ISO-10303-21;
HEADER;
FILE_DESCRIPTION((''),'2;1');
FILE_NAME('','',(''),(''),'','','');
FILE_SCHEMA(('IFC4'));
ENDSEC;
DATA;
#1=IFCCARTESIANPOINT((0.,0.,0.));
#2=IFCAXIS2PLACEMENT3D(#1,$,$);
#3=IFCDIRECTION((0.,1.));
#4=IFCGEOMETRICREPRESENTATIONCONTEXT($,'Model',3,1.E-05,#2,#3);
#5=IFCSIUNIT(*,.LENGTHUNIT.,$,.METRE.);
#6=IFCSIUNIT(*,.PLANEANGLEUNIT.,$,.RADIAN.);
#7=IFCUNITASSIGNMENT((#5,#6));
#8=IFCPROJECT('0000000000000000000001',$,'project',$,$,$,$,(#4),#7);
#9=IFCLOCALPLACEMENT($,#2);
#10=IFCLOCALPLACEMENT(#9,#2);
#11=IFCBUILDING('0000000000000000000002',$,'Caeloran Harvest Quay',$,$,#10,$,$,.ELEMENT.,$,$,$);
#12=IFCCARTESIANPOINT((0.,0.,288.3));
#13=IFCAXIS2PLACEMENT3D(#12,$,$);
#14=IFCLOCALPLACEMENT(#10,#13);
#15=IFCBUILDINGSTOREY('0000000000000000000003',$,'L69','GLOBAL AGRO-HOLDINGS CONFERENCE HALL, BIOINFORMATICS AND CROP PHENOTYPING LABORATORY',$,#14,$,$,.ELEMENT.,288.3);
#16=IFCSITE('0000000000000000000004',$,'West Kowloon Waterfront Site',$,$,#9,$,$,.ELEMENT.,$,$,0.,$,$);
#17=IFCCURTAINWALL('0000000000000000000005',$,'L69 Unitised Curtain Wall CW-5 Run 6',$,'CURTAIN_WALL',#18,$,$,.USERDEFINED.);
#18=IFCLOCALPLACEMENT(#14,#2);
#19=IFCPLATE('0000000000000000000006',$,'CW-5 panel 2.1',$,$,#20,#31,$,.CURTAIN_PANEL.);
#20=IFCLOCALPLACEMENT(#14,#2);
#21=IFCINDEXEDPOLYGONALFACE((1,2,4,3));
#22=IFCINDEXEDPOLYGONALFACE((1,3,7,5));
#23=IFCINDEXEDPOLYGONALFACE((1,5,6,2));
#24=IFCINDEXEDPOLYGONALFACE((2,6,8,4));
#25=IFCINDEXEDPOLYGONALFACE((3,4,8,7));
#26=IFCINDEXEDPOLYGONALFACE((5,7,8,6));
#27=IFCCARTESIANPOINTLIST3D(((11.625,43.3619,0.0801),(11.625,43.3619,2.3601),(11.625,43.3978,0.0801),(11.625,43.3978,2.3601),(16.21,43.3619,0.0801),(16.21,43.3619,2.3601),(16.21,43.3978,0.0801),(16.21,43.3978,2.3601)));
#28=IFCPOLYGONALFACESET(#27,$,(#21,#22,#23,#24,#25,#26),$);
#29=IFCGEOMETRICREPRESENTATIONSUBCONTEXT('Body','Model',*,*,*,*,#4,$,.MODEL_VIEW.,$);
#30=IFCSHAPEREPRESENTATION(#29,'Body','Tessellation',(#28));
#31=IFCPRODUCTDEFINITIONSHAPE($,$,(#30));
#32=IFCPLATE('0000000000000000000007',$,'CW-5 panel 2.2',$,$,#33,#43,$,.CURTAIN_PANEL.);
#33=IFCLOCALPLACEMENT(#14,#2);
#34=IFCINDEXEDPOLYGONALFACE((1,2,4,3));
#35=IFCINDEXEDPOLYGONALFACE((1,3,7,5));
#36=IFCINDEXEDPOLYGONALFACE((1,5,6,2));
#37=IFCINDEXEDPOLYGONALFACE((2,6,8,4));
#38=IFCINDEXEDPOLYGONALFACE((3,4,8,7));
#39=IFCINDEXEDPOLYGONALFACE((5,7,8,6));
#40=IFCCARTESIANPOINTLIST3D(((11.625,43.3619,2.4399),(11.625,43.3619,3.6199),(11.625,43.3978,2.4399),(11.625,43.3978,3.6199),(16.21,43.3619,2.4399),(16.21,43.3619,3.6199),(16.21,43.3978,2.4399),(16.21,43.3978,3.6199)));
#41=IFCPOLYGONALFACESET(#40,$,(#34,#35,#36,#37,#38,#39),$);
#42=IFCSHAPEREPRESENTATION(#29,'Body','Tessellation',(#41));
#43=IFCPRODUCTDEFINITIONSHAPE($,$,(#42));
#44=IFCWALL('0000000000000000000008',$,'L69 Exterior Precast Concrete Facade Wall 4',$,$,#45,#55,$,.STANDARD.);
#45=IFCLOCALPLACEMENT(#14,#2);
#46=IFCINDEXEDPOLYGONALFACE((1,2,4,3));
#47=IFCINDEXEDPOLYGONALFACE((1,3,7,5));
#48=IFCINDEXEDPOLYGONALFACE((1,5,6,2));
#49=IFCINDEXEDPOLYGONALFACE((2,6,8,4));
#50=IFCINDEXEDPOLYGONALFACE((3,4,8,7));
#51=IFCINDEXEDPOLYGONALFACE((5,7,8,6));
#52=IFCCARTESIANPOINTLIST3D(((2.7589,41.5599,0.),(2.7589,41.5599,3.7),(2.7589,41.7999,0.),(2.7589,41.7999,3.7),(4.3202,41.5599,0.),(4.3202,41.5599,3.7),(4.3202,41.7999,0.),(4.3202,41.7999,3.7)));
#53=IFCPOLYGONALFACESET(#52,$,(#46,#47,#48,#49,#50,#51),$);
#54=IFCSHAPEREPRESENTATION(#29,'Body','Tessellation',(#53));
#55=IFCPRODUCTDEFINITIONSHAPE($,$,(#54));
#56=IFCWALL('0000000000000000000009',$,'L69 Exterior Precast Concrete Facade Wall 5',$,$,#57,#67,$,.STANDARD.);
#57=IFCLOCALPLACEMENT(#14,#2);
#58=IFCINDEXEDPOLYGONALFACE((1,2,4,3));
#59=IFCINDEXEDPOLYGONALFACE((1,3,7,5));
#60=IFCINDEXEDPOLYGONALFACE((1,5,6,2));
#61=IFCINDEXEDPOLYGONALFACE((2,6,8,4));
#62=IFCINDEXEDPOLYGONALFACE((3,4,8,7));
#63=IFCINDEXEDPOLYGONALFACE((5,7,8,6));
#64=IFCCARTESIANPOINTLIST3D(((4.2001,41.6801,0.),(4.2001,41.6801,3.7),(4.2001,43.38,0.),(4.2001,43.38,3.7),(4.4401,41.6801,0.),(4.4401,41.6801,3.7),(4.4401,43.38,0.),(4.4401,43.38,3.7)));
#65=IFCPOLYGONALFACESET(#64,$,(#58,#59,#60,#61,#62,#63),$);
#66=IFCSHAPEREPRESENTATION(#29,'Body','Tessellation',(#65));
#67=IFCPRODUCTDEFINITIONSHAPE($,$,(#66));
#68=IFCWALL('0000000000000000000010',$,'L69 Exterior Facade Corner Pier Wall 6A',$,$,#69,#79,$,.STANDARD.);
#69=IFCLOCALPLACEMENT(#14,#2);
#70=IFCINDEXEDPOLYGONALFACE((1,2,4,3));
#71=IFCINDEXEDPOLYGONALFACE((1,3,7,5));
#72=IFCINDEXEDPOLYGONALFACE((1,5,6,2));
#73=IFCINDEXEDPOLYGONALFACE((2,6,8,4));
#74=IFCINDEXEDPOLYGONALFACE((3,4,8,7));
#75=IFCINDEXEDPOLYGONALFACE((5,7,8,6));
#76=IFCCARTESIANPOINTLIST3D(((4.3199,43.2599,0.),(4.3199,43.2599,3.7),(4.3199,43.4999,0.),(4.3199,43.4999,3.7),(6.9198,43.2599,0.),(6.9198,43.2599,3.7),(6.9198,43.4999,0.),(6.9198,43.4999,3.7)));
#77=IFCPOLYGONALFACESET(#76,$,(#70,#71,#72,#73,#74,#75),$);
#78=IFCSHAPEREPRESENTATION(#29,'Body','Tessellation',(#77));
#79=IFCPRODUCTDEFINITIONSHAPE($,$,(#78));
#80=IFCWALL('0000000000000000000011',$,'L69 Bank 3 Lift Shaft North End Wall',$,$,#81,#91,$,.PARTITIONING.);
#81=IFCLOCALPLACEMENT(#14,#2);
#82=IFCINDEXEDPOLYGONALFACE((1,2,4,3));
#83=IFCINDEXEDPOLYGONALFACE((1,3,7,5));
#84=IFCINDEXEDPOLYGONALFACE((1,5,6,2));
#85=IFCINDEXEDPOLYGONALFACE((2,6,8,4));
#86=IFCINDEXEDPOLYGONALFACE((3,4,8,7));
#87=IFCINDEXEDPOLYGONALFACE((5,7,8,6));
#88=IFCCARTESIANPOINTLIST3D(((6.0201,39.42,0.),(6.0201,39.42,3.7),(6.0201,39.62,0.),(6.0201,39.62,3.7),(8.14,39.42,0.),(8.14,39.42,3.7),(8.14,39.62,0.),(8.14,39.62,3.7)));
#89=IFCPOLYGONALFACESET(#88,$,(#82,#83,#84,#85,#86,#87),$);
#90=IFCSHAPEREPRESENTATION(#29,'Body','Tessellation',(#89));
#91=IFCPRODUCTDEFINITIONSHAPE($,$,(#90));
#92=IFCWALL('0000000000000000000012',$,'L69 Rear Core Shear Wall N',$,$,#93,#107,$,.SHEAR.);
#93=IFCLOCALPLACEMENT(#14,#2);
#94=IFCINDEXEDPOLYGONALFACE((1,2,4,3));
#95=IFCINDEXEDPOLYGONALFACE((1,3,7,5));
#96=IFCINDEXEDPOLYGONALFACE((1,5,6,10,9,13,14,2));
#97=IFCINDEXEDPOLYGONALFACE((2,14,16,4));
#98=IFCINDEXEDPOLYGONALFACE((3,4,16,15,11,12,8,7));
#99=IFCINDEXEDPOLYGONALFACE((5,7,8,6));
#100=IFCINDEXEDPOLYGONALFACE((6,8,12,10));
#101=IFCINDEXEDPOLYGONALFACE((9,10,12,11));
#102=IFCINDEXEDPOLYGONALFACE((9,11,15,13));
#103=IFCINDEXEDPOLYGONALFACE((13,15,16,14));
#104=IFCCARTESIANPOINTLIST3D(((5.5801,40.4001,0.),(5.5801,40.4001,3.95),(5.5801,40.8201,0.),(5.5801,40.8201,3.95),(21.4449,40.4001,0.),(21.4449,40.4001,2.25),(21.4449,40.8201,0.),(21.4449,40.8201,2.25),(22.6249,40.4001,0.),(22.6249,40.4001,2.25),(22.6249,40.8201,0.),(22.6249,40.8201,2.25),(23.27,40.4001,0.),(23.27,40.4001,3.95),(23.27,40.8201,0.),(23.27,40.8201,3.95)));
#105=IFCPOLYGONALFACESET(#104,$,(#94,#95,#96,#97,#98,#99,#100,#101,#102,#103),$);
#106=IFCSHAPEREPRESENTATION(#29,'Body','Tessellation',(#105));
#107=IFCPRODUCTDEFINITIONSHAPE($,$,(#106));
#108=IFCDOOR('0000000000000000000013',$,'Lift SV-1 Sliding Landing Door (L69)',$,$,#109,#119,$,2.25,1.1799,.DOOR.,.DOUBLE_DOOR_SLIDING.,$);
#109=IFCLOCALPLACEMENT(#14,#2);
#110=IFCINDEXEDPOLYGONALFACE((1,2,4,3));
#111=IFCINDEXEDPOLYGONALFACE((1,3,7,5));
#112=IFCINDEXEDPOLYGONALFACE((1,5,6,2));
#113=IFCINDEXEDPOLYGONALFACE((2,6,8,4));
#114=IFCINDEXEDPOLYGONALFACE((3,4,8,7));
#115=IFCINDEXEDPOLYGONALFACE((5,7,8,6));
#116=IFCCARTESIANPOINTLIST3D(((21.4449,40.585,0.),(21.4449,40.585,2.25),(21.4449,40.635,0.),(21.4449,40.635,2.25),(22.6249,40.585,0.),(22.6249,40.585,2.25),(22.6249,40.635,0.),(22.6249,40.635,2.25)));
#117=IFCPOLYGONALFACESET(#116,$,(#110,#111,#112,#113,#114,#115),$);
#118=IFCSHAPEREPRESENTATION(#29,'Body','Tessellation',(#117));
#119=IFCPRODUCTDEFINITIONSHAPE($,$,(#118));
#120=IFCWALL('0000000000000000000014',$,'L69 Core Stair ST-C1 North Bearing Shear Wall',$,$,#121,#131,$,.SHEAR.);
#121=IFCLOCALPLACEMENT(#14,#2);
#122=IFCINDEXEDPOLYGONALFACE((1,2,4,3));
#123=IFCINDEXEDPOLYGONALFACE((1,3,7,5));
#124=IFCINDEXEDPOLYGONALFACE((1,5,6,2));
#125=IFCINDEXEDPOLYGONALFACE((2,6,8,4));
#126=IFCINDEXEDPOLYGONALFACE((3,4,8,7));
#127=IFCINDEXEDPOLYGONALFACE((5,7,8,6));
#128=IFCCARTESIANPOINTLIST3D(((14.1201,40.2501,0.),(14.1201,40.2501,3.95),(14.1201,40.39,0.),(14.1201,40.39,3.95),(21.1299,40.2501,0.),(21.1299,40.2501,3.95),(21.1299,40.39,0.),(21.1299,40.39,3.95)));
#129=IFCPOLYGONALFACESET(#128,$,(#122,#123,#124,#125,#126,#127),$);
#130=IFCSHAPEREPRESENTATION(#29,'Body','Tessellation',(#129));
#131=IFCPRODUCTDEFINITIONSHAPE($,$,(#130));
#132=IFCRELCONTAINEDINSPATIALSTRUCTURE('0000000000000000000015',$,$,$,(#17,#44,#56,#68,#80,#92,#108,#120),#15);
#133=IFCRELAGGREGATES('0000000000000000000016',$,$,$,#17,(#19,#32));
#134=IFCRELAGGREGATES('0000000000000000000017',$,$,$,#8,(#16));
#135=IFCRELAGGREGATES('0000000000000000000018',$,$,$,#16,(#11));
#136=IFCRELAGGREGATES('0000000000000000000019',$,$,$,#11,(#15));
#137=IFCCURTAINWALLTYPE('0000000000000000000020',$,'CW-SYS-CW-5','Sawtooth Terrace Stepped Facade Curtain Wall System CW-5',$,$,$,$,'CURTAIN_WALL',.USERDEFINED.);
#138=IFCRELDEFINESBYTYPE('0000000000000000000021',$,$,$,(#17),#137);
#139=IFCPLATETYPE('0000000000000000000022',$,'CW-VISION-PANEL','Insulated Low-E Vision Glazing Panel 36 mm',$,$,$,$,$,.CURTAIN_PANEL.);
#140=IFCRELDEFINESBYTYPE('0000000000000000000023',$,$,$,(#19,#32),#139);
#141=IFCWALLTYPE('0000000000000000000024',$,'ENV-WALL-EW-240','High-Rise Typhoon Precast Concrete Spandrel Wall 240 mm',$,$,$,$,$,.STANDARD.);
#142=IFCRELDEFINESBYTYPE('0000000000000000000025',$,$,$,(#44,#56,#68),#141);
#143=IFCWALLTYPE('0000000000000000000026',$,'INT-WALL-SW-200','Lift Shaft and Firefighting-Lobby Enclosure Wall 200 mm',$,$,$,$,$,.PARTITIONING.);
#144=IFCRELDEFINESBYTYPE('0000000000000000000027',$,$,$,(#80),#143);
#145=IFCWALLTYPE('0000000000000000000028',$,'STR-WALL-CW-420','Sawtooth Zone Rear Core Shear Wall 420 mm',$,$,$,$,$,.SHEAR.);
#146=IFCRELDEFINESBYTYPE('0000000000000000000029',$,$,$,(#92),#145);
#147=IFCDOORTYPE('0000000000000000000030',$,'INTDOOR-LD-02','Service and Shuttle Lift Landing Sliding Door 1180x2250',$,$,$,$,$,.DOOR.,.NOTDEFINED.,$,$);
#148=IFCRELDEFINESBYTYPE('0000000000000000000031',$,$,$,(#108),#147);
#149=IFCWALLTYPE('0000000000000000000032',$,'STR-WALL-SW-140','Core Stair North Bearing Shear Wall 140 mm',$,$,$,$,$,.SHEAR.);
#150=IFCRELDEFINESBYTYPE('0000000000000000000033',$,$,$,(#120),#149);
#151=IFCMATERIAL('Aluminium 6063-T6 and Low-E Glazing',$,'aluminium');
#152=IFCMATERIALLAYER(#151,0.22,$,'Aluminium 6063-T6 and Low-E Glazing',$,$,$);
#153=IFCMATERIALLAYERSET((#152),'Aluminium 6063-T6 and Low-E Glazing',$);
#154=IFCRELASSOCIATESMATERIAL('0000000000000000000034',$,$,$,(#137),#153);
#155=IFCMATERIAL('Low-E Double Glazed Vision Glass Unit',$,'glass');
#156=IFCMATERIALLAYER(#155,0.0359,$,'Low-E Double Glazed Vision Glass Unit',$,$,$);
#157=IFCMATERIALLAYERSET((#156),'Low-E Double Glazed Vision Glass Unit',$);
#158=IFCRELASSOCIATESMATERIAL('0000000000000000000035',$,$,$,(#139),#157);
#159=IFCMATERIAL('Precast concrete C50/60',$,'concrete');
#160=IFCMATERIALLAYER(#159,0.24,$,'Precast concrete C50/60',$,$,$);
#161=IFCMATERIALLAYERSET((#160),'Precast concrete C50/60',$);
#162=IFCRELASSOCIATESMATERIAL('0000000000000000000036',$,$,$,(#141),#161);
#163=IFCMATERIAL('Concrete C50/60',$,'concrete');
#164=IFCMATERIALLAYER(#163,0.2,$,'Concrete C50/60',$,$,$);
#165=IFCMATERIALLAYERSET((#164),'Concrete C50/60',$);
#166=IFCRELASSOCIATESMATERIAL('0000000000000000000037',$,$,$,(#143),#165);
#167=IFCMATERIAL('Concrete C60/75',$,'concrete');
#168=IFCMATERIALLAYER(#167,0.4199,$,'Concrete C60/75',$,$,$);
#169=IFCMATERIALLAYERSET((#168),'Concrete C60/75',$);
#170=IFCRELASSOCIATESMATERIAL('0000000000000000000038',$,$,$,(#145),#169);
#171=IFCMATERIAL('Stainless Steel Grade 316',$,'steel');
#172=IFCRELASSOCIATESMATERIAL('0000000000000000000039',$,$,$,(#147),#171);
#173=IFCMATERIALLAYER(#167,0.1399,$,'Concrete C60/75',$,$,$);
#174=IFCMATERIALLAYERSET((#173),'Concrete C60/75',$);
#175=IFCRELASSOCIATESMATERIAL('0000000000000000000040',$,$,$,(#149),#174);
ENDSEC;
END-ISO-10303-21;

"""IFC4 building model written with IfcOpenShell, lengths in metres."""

from ifc_helpers import new_model, si_unit, direction, frame, frame_2d, origin, origin_2d, place, context, subcontext, project, spatial, rectangle, extrude, material, layer, layer_set, type_object, element, fill, aggregate, save


model = new_model("IFC4")

# Units and contexts
model_context = context("Model", 3, precision=1e-05, world=origin(), true_north=direction((0.0, 1.0)))
body_context = subcontext(model_context, "Body", "Model", "MODEL_VIEW")
ifc_project = project(units=[si_unit("LENGTHUNIT", "METRE"), si_unit("PLANEANGLEUNIT", "RADIAN")], contexts=[model_context])

# Site, building, storey
site_placement = place(None, origin())
site = spatial("IfcSite", under=ifc_project, at=site_placement, Name="West Kowloon Waterfront Site", CompositionType="ELEMENT", RefElevation=0.0)
building_placement = place(site_placement, origin())
building = spatial("IfcBuilding", under=site, at=building_placement, Name="Caeloran Harvest Quay", CompositionType="ELEMENT")
storey_placement = place(building_placement, frame((0.0, 0.0, 288.3)))
storey = spatial("IfcBuildingStorey", under=building, at=storey_placement, Name="L69", Description="GLOBAL AGRO-HOLDINGS CONFERENCE HALL, BIOINFORMATICS AND CROP PHENOTYPING LABORATORY", CompositionType="ELEMENT", Elevation=288.3)

# Curtain wall, plates
ifc_material_1 = material(Name="Aluminium 6063-T6 and Low-E Glazing", Category="aluminium")
ifc_layer_1 = layer(ifc_material_1, 0.22, Name="Aluminium 6063-T6 and Low-E Glazing")
ifc_layer_set_1 = layer_set([ifc_layer_1], Name="Aluminium 6063-T6 and Low-E Glazing")
curtain_wall_type = type_object("IfcCurtainWallType", Name="CW-SYS-CW-5", Description="Sawtooth Terrace Stepped Facade Curtain Wall System CW-5", ElementType="CURTAIN_WALL", PredefinedType="USERDEFINED", material=ifc_layer_set_1)
curtain_wall_placement = place(storey_placement, origin())
curtain_wall = element("IfcCurtainWall", 1, at=curtain_wall_placement, inside=storey, type_object=curtain_wall_type, Name="L69 Unitised Curtain Wall CW-5 Run 6", ObjectType="CURTAIN_WALL", PredefinedType="USERDEFINED")
ifc_material_2 = material(Name="Low-E Double Glazed Vision Glass Unit", Category="glass")
ifc_layer_2 = layer(ifc_material_2, 0.0359, Name="Low-E Double Glazed Vision Glass Unit")
ifc_layer_set_2 = layer_set([ifc_layer_2], Name="Low-E Double Glazed Vision Glass Unit")
plate_type = type_object("IfcPlateType", Name="CW-VISION-PANEL", Description="Insulated Low-E Vision Glazing Panel 36 mm", PredefinedType="CURTAIN_PANEL", material=ifc_layer_set_2)
plate_1_placement = place(storey_placement, frame((13.9175, 43.3799, 0.0801), z_axis=(0.0, 0.0, 1.0), x_axis=(1.0, 0.0, 0.0)))
plate_1 = element("IfcPlate", 2, at=plate_1_placement, type_object=plate_type, Name="CW-5 panel 2.1", PredefinedType="CURTAIN_PANEL", context=body_context, shape_type="SweptSolid", body=[
    extrude(rectangle(XDim=4.585, YDim=0.0359, at=origin_2d()), origin(), (0.0, 0.0, 1.0), 2.28),
])
plate_2_placement = place(storey_placement, frame((13.9175, 43.3799, 2.4399), z_axis=(0.0, 0.0, 1.0), x_axis=(1.0, 0.0, 0.0)))
plate_2 = element("IfcPlate", 3, at=plate_2_placement, type_object=plate_type, Name="CW-5 panel 2.2", PredefinedType="CURTAIN_PANEL", context=body_context, shape_type="SweptSolid", body=[
    extrude(rectangle(XDim=4.585, YDim=0.0359, at=origin_2d()), origin(), (0.0, 0.0, 1.0), 1.1799),
])
aggregate(curtain_wall, [plate_1, plate_2])

# Walls
ifc_material_3 = material(Name="Precast concrete C50/60", Category="concrete")
ifc_layer_3 = layer(ifc_material_3, 0.24, Name="Precast concrete C50/60")
ifc_layer_set_3 = layer_set([ifc_layer_3], Name="Precast concrete C50/60")
wall_type_1 = type_object("IfcWallType", Name="ENV-WALL-EW-240", Description="High-Rise Typhoon Precast Concrete Spandrel Wall 240 mm", PredefinedType="STANDARD", material=ifc_layer_set_3)
wall_1_placement = place(storey_placement, frame((2.7588, 41.6799, 0.0), z_axis=(0.0, 0.0, 1.0), x_axis=(1.0, 0.0, 0.0)))
element("IfcWall", 4, at=wall_1_placement, inside=storey, type_object=wall_type_1, Name="L69 Exterior Precast Concrete Facade Wall 4", PredefinedType="STANDARD", context=body_context, shape_type="SweptSolid", body=[
    extrude(rectangle(XDim=1.5613, YDim=0.24, at=frame_2d((0.7808, 0.0))), origin(), (0.0, 0.0, 1.0), 3.7),
])
wall_2_placement = place(storey_placement, frame((4.3201, 41.6799, 0.0), z_axis=(0.0, 0.0, 1.0), x_axis=(0.0, 1.0, 0.0)))
element("IfcWall", 5, at=wall_2_placement, inside=storey, type_object=wall_type_1, Name="L69 Exterior Precast Concrete Facade Wall 5", PredefinedType="STANDARD", context=body_context, shape_type="SweptSolid", body=[
    extrude(rectangle(XDim=1.7, YDim=0.24, at=frame_2d((0.8501, 0.0))), origin(), (0.0, 0.0, 1.0), 3.7),
])
wall_3_placement = place(storey_placement, frame((4.3201, 43.3799, 0.0), z_axis=(0.0, 0.0, 1.0), x_axis=(1.0, 0.0, 0.0)))
element("IfcWall", 6, at=wall_3_placement, inside=storey, type_object=wall_type_1, Name="L69 Exterior Facade Corner Pier Wall 6A", PredefinedType="STANDARD", context=body_context, shape_type="SweptSolid", body=[
    extrude(rectangle(XDim=2.5999, YDim=0.24, at=frame_2d((1.2998, 0.0))), origin(), (0.0, 0.0, 1.0), 3.7),
])
ifc_material_4 = material(Name="Concrete C50/60", Category="concrete")
ifc_layer_4 = layer(ifc_material_4, 0.2, Name="Concrete C50/60")
ifc_layer_set_4 = layer_set([ifc_layer_4], Name="Concrete C50/60")
wall_type_2 = type_object("IfcWallType", Name="INT-WALL-SW-200", Description="Lift Shaft and Firefighting-Lobby Enclosure Wall 200 mm", PredefinedType="PARTITIONING", material=ifc_layer_set_4)
wall_4_placement = place(storey_placement, frame((6.02, 39.52, 0.0), z_axis=(0.0, 0.0, 1.0), x_axis=(1.0, 0.0, 0.0)))
element("IfcWall", 7, at=wall_4_placement, inside=storey, type_object=wall_type_2, Name="L69 Bank 3 Lift Shaft North End Wall", PredefinedType="PARTITIONING", context=body_context, shape_type="SweptSolid", body=[
    extrude(rectangle(XDim=2.1199, YDim=0.2, at=frame_2d((1.0601, 0.0))), origin(), (0.0, 0.0, 1.0), 3.7),
])

# Wall, opening, door
ifc_material_5 = material(Name="Concrete C60/75", Category="concrete")
ifc_layer_5 = layer(ifc_material_5, 0.4199, Name="Concrete C60/75")
ifc_layer_set_5 = layer_set([ifc_layer_5], Name="Concrete C60/75")
wall_type_3 = type_object("IfcWallType", Name="STR-WALL-CW-420", Description="Sawtooth Zone Rear Core Shear Wall 420 mm", PredefinedType="SHEAR", material=ifc_layer_set_5)
wall_5_placement = place(storey_placement, frame((5.5801, 40.6101, 0.0), z_axis=(0.0, 0.0, 1.0), x_axis=(1.0, 0.0, 0.0)))
wall_5 = element("IfcWall", 8, at=wall_5_placement, inside=storey, type_object=wall_type_3, Name="L69 Rear Core Shear Wall N", PredefinedType="SHEAR", context=body_context, shape_type="SweptSolid", body=[
    extrude(rectangle(XDim=17.6899, YDim=0.4199, at=frame_2d((8.845, 0.0))), origin(), (0.0, 0.0, 1.0), 3.95),
])
opening_placement = place(wall_5_placement, frame((15.865, 0.0, 0.0)))
opening = element("IfcOpeningElement", 9, at=opening_placement, cuts=wall_5, PredefinedType="OPENING", context=body_context, shape_type="SweptSolid", body=[
    extrude(rectangle(XDim=1.1799, YDim=2.25, at=frame_2d((0.5898, 1.125))), frame((0.0, 0.22, 0.0), z_axis=(0.0, -1.0, 0.0), x_axis=(1.0, 0.0, 0.0)), (0.0, 0.0, 1.0), 0.4399),
])
ifc_material_6 = material(Name="Stainless Steel Grade 316", Category="steel")
door_type = type_object("IfcDoorType", Name="INTDOOR-LD-02", Description="Service and Shuttle Lift Landing Sliding Door 1180x2250", OperationType="NOTDEFINED", PredefinedType="DOOR", material=ifc_material_6)
door_placement = place(opening_placement, origin())
door = element("IfcDoor", 10, at=door_placement, inside=storey, type_object=door_type, Name="Lift SV-1 Sliding Landing Door (L69)", OperationType="DOUBLE_DOOR_SLIDING", OverallHeight=2.25, OverallWidth=1.1799, PredefinedType="DOOR", context=body_context, shape_type="SweptSolid", body=[
    extrude(rectangle(XDim=1.1799, YDim=2.25, at=frame_2d((0.5898, 1.125))), frame((0.0, 0.0249, 0.0), z_axis=(0.0, -1.0, 0.0), x_axis=(1.0, 0.0, 0.0)), (0.0, 0.0, 1.0), 0.05),
])
fill(opening, door)

# Wall
ifc_layer_6 = layer(ifc_material_5, 0.1399, Name="Concrete C60/75")
ifc_layer_set_6 = layer_set([ifc_layer_6], Name="Concrete C60/75")
wall_type_4 = type_object("IfcWallType", Name="STR-WALL-SW-140", Description="Core Stair North Bearing Shear Wall 140 mm", PredefinedType="SHEAR", material=ifc_layer_set_6)
wall_6_placement = place(storey_placement, frame((14.1201, 40.3201, 0.0), z_axis=(0.0, 0.0, 1.0), x_axis=(1.0, 0.0, 0.0)))
element("IfcWall", 11, at=wall_6_placement, inside=storey, type_object=wall_type_4, Name="L69 Core Stair ST-C1 North Bearing Shear Wall", PredefinedType="SHEAR", context=body_context, shape_type="SweptSolid", body=[
    extrude(rectangle(XDim=7.0098, YDim=0.1399, at=frame_2d((3.5049, 0.0))), origin(), (0.0, 0.0, 1.0), 3.95),
])

save(model, "model.ifc")
